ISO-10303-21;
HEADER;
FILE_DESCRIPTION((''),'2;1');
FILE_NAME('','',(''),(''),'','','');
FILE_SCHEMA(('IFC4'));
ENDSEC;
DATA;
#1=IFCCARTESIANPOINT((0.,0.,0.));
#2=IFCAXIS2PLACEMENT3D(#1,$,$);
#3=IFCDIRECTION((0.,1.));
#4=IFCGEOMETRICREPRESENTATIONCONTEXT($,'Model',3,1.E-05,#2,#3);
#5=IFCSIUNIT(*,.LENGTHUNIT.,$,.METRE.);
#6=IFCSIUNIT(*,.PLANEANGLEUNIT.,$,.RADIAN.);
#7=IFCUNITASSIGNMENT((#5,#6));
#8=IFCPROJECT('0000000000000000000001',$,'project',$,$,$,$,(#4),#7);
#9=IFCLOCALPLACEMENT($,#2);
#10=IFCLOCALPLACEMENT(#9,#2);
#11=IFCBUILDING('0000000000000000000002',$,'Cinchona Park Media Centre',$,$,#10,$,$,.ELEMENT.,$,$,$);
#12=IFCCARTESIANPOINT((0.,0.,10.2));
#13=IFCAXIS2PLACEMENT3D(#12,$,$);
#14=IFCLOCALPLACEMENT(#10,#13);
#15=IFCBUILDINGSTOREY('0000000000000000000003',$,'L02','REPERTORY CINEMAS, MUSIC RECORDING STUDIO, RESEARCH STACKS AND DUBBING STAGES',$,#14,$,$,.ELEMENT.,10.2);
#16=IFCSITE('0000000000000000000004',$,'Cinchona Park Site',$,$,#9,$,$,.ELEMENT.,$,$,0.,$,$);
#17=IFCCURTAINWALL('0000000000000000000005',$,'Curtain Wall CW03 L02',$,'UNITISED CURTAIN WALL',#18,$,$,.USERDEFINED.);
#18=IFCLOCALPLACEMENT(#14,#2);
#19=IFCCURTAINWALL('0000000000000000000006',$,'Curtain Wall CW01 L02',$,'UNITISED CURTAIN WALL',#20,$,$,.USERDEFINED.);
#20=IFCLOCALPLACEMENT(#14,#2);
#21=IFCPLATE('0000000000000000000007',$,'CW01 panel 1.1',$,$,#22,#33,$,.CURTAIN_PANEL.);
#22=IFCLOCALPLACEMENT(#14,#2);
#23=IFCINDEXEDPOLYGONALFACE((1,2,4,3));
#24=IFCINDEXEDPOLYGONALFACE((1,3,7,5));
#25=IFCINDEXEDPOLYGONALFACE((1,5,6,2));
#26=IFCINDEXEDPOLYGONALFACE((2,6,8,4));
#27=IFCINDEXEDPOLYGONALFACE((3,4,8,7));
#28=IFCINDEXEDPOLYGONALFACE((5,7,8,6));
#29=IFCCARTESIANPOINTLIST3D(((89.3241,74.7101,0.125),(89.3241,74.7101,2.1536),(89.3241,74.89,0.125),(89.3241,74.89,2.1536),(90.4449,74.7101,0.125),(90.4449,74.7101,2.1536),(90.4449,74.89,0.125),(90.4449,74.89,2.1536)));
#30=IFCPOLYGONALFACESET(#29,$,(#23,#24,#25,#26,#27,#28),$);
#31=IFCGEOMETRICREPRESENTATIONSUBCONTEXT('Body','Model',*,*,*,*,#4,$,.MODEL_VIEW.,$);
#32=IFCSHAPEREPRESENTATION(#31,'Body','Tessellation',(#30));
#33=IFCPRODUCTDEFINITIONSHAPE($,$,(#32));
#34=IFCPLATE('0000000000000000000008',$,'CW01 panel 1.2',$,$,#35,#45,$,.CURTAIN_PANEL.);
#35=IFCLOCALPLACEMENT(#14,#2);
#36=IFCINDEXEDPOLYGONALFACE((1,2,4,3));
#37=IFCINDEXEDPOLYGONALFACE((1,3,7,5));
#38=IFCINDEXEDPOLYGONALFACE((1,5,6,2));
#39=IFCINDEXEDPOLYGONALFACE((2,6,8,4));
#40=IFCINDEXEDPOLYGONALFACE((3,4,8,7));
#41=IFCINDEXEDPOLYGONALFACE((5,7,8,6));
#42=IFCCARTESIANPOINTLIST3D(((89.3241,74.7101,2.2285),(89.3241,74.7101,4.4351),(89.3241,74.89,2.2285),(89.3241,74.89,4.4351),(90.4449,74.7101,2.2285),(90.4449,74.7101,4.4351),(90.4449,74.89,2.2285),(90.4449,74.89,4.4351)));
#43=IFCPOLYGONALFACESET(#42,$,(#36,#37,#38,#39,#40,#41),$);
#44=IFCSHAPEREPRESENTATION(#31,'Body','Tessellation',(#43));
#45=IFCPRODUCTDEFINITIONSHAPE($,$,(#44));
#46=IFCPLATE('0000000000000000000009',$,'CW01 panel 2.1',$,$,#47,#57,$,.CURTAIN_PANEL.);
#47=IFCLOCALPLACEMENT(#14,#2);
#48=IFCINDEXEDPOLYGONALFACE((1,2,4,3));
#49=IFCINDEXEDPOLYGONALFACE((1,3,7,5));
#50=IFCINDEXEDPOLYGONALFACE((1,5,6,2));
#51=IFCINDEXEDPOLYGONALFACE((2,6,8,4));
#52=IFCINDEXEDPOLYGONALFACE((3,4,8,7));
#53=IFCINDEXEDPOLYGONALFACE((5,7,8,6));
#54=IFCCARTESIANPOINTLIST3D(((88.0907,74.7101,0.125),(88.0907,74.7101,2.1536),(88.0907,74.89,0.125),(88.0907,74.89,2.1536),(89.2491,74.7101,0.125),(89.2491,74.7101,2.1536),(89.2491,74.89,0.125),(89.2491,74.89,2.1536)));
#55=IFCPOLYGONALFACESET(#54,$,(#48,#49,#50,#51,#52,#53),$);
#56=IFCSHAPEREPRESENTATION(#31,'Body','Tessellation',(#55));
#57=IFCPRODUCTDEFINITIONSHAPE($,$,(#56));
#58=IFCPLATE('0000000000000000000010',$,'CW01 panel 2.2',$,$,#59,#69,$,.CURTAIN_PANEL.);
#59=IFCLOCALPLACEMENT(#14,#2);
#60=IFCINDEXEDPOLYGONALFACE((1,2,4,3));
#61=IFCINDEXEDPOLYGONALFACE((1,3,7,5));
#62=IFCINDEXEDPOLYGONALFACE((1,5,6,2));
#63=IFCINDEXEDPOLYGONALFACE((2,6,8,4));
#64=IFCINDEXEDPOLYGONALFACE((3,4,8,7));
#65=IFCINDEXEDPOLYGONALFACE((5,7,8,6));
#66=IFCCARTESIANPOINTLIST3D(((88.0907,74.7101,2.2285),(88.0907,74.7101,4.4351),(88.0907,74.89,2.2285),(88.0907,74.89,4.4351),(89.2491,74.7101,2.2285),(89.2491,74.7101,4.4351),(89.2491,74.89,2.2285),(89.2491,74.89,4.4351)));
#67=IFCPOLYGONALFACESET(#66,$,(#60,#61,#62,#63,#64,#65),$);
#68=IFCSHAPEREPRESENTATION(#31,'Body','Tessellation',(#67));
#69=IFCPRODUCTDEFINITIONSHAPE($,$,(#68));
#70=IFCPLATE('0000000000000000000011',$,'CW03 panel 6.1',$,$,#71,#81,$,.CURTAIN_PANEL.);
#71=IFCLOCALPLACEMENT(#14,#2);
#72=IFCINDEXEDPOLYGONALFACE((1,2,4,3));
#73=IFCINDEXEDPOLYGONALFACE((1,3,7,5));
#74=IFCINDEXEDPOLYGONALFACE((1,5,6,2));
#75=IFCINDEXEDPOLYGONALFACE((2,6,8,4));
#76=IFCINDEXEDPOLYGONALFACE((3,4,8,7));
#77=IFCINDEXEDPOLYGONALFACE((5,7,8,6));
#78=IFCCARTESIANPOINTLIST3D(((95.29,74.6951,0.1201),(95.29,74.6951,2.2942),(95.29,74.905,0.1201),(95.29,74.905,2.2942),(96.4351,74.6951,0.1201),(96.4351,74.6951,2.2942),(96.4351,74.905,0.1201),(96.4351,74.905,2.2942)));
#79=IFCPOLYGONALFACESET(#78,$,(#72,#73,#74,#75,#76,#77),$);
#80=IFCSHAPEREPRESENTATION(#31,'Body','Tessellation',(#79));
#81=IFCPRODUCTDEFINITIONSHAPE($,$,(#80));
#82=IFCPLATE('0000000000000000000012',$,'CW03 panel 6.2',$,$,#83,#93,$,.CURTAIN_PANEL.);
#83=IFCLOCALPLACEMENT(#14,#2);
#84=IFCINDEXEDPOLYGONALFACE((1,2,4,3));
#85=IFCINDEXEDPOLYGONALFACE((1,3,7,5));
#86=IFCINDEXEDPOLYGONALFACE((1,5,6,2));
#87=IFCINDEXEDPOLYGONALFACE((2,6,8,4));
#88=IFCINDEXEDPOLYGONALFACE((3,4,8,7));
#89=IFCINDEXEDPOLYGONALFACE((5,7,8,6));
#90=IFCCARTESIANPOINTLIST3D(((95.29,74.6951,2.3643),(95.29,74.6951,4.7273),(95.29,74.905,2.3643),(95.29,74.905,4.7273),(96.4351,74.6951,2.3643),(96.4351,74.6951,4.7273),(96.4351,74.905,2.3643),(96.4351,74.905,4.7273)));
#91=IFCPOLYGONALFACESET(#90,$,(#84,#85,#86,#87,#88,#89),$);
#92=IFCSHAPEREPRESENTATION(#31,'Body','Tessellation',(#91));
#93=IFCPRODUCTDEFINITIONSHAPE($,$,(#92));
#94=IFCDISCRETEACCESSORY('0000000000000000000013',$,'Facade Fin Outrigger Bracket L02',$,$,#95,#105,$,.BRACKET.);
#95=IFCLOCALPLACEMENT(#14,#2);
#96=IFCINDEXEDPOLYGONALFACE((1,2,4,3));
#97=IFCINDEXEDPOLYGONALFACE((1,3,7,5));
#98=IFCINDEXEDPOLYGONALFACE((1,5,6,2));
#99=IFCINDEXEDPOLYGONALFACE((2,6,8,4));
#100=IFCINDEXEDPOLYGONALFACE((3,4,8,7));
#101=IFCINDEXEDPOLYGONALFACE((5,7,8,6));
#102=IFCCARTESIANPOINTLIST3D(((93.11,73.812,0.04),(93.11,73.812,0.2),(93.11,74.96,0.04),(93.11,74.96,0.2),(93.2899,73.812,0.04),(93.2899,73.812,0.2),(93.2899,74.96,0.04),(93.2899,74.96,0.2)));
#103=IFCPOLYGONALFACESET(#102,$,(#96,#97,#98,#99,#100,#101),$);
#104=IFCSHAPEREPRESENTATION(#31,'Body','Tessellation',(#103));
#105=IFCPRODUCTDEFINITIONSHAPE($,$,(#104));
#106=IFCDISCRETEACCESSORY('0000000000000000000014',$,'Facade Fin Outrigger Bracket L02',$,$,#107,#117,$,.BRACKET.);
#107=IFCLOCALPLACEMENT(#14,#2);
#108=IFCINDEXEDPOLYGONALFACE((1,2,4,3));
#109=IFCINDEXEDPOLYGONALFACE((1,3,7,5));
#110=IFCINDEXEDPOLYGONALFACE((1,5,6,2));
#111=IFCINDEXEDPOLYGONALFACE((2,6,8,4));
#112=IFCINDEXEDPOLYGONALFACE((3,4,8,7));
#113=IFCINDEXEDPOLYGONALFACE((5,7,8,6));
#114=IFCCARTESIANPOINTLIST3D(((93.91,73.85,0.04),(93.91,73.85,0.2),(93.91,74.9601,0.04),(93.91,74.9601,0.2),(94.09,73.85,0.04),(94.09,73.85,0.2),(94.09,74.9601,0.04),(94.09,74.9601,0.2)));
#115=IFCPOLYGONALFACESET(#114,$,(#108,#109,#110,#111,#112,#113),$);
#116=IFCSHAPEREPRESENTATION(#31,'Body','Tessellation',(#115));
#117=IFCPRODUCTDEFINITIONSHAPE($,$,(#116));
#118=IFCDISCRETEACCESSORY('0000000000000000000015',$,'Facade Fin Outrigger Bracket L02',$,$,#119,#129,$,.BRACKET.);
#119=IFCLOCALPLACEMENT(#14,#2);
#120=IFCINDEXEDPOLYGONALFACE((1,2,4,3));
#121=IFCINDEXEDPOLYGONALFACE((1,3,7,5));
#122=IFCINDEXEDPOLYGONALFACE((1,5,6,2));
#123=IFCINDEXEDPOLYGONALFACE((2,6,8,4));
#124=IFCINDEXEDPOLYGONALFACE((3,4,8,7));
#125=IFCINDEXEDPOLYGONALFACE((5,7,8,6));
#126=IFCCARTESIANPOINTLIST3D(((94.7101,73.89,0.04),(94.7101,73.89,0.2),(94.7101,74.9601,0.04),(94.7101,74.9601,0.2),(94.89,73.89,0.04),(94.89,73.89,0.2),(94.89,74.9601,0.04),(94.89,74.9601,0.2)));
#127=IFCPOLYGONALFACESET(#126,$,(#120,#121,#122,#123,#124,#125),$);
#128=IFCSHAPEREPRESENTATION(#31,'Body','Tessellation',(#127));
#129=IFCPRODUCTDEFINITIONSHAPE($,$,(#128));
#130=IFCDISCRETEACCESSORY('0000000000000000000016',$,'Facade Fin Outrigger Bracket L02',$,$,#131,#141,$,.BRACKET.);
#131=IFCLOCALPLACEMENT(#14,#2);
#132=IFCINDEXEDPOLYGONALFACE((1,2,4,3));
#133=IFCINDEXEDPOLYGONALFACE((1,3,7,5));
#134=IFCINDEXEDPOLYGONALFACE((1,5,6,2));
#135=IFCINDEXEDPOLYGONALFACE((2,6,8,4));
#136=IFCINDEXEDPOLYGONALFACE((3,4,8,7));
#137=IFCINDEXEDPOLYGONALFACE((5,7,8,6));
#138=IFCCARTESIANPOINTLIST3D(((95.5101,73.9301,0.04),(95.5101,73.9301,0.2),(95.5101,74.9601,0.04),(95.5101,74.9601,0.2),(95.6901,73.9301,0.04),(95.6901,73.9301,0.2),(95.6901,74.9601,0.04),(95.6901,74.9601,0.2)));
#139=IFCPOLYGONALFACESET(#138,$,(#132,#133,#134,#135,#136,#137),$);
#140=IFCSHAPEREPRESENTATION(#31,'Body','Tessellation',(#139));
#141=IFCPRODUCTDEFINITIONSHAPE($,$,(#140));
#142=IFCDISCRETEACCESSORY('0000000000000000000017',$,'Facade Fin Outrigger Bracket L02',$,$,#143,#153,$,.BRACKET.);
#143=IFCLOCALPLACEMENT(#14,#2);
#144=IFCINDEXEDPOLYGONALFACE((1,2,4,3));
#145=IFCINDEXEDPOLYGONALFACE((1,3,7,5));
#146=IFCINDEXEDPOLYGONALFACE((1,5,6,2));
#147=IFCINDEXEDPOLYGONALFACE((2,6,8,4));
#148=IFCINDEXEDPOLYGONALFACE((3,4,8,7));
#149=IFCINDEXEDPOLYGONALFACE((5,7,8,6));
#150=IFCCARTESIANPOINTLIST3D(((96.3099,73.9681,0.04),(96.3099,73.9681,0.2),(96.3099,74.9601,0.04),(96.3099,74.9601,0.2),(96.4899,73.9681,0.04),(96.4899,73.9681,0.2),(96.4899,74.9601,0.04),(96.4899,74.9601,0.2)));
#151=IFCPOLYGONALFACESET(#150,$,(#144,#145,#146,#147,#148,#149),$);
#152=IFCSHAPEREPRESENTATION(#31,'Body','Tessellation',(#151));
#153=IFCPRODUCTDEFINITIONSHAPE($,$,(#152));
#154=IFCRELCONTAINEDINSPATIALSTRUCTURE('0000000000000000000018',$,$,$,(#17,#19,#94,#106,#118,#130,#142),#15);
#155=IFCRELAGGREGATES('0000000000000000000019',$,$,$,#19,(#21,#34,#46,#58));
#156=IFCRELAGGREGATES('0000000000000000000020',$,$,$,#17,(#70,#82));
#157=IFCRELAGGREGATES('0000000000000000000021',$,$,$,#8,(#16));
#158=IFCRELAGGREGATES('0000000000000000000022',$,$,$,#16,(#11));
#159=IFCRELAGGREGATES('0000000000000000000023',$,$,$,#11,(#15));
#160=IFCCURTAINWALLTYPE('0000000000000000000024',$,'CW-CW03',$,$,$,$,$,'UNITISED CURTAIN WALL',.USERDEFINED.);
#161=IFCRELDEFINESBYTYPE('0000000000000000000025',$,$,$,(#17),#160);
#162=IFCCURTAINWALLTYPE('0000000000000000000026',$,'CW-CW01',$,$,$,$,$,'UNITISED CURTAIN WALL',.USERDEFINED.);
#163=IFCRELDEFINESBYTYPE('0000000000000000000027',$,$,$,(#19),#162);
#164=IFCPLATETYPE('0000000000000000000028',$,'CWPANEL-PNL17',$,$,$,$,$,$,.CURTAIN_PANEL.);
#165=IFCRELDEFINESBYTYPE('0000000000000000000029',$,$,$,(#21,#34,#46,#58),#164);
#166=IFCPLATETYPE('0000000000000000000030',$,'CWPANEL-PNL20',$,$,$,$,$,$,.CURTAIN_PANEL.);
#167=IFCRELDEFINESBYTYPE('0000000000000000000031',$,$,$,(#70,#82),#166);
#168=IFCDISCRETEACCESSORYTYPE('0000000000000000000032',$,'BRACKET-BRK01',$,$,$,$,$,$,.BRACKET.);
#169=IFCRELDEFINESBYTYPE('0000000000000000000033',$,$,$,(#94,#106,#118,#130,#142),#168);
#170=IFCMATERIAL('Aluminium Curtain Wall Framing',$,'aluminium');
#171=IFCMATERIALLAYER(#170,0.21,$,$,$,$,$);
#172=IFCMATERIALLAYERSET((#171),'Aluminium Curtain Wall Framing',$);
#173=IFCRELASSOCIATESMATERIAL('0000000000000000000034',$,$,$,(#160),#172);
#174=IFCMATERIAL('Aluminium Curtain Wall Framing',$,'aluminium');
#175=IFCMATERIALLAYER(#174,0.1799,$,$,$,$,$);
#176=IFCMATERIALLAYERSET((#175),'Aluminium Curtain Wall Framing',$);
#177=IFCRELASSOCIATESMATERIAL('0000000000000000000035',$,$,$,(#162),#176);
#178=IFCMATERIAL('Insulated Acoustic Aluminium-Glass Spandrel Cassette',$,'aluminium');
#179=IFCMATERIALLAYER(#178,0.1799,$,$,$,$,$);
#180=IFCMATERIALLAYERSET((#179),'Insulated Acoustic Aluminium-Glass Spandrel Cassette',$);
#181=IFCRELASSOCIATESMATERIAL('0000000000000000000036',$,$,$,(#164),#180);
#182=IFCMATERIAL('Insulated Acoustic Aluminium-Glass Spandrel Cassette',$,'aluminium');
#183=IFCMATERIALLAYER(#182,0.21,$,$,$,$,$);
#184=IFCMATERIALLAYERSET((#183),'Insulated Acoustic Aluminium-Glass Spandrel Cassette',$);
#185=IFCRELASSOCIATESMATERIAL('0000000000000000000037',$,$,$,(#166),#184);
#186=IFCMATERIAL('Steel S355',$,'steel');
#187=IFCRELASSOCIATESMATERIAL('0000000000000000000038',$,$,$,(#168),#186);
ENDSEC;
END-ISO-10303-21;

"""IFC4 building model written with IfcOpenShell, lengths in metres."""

from ifc_helpers import new_model, si_unit, direction, frame, origin, origin_2d, place, context, subcontext, project, spatial, rectangle, extrude, material, layer, layer_set, type_object, element, aggregate, save


model = new_model("IFC4")

# Units and contexts
model_context = context("Model", 3, precision=1e-05, world=origin(), true_north=direction((0.0, 1.0)))
body_context = subcontext(model_context, "Body", "Model", "MODEL_VIEW")
ifc_project = project(units=[si_unit("LENGTHUNIT", "METRE"), si_unit("PLANEANGLEUNIT", "RADIAN")], contexts=[model_context])

# Site, building, storey
site_placement = place(None, origin())
site = spatial("IfcSite", under=ifc_project, at=site_placement, Name="Cinchona Park Site", CompositionType="ELEMENT", RefElevation=0.0)
building_placement = place(site_placement, origin())
building = spatial("IfcBuilding", under=site, at=building_placement, Name="Cinchona Park Media Centre", CompositionType="ELEMENT")
storey_placement = place(building_placement, frame((0.0, 0.0, 10.2)))
storey = spatial("IfcBuildingStorey", under=building, at=storey_placement, Name="L02", Description="REPERTORY CINEMAS, MUSIC RECORDING STUDIO, RESEARCH STACKS AND DUBBING STAGES", CompositionType="ELEMENT", Elevation=10.2)

# Curtain wall
ifc_material_1 = material(Name="Aluminium Curtain Wall Framing", Category="aluminium")
ifc_layer_1 = layer(ifc_material_1, 0.21)
ifc_layer_set_1 = layer_set([ifc_layer_1], Name="Aluminium Curtain Wall Framing")
curtain_wall_type_1 = type_object("IfcCurtainWallType", Name="CW-CW03", ElementType="UNITISED CURTAIN WALL", PredefinedType="USERDEFINED", material=ifc_layer_set_1)
curtain_wall_1_placement = place(storey_placement, origin())
curtain_wall_1 = element("IfcCurtainWall", 1, at=curtain_wall_1_placement, inside=storey, type_object=curtain_wall_type_1, Name="Curtain Wall CW03 L02", ObjectType="UNITISED CURTAIN WALL", PredefinedType="USERDEFINED")

# Curtain wall
ifc_material_2 = material(Name="Aluminium Curtain Wall Framing", Category="aluminium")
ifc_layer_2 = layer(ifc_material_2, 0.1799)
ifc_layer_set_2 = layer_set([ifc_layer_2], Name="Aluminium Curtain Wall Framing")
curtain_wall_type_2 = type_object("IfcCurtainWallType", Name="CW-CW01", ElementType="UNITISED CURTAIN WALL", PredefinedType="USERDEFINED", material=ifc_layer_set_2)
curtain_wall_2_placement = place(storey_placement, origin())
curtain_wall_2 = element("IfcCurtainWall", 2, at=curtain_wall_2_placement, inside=storey, type_object=curtain_wall_type_2, Name="Curtain Wall CW01 L02", ObjectType="UNITISED CURTAIN WALL", PredefinedType="USERDEFINED")

# Plates
ifc_material_3 = material(Name="Insulated Acoustic Aluminium-Glass Spandrel Cassette", Category="aluminium")
ifc_layer_3 = layer(ifc_material_3, 0.1799)
ifc_layer_set_3 = layer_set([ifc_layer_3], Name="Insulated Acoustic Aluminium-Glass Spandrel Cassette")
plate_type_1 = type_object("IfcPlateType", Name="CWPANEL-PNL17", PredefinedType="CURTAIN_PANEL", material=ifc_layer_set_3)
plate_1_placement = place(storey_placement, frame((89.8845, 74.8, 0.125), z_axis=(0.0, 0.0, 1.0), x_axis=(-1.0, 0.0, 0.0)))
plate_1 = element("IfcPlate", 3, at=plate_1_placement, type_object=plate_type_1, Name="CW01 panel 1.1", PredefinedType="CURTAIN_PANEL", context=body_context, shape_type="SweptSolid", body=[
    extrude(rectangle(XDim=1.1208, YDim=0.1799, at=origin_2d()), origin(), (0.0, 0.0, 1.0), 2.0286),
])
plate_2_placement = place(storey_placement, frame((89.8845, 74.8, 2.2285), z_axis=(0.0, 0.0, 1.0), x_axis=(-1.0, 0.0, 0.0)))
plate_2 = element("IfcPlate", 4, at=plate_2_placement, type_object=plate_type_1, Name="CW01 panel 1.2", PredefinedType="CURTAIN_PANEL", context=body_context, shape_type="SweptSolid", body=[
    extrude(rectangle(XDim=1.1208, YDim=0.1799, at=origin_2d()), origin(), (0.0, 0.0, 1.0), 2.2065),
])
plate_3_placement = place(storey_placement, frame((88.6699, 74.8, 0.125), z_axis=(0.0, 0.0, 1.0), x_axis=(-1.0, 0.0, 0.0)))
plate_3 = element("IfcPlate", 5, at=plate_3_placement, type_object=plate_type_1, Name="CW01 panel 2.1", PredefinedType="CURTAIN_PANEL", context=body_context, shape_type="SweptSolid", body=[
    extrude(rectangle(XDim=1.1584, YDim=0.1799, at=origin_2d()), origin(), (0.0, 0.0, 1.0), 2.0286),
])
plate_4_placement = place(storey_placement, frame((88.6699, 74.8, 2.2285), z_axis=(0.0, 0.0, 1.0), x_axis=(-1.0, 0.0, 0.0)))
plate_4 = element("IfcPlate", 6, at=plate_4_placement, type_object=plate_type_1, Name="CW01 panel 2.2", PredefinedType="CURTAIN_PANEL", context=body_context, shape_type="SweptSolid", body=[
    extrude(rectangle(XDim=1.1584, YDim=0.1799, at=origin_2d()), origin(), (0.0, 0.0, 1.0), 2.2065),
])
aggregate(curtain_wall_2, [plate_1, plate_2, plate_3, plate_4])
ifc_material_4 = material(Name="Insulated Acoustic Aluminium-Glass Spandrel Cassette", Category="aluminium")
ifc_layer_4 = layer(ifc_material_4, 0.21)
ifc_layer_set_4 = layer_set([ifc_layer_4], Name="Insulated Acoustic Aluminium-Glass Spandrel Cassette")
plate_type_2 = type_object("IfcPlateType", Name="CWPANEL-PNL20", PredefinedType="CURTAIN_PANEL", material=ifc_layer_set_4)
plate_5_placement = place(storey_placement, frame((95.8625, 74.8, 0.1201), z_axis=(0.0, 0.0, 1.0), x_axis=(-1.0, 0.0, 0.0)))
plate_5 = element("IfcPlate", 7, at=plate_5_placement, type_object=plate_type_2, Name="CW03 panel 6.1", PredefinedType="CURTAIN_PANEL", context=body_context, shape_type="SweptSolid", body=[
    extrude(rectangle(XDim=1.145, YDim=0.21, at=origin_2d()), origin(), (0.0, 0.0, 1.0), 2.1741),
])
plate_6_placement = place(storey_placement, frame((95.8625, 74.8, 2.3643), z_axis=(0.0, 0.0, 1.0), x_axis=(-1.0, 0.0, 0.0)))
plate_6 = element("IfcPlate", 8, at=plate_6_placement, type_object=plate_type_2, Name="CW03 panel 6.2", PredefinedType="CURTAIN_PANEL", context=body_context, shape_type="SweptSolid", body=[
    extrude(rectangle(XDim=1.145, YDim=0.21, at=origin_2d()), origin(), (0.0, 0.0, 1.0), 2.363),
])
aggregate(curtain_wall_1, [plate_5, plate_6])

# Discrete accessories
ifc_material_5 = material(Name="Steel S355", Category="steel")
discrete_accessory_type = type_object("IfcDiscreteAccessoryType", Name="BRACKET-BRK01", PredefinedType="BRACKET", material=ifc_material_5)
discrete_accessory_1_placement = place(storey_placement, frame((93.2, 74.386, 0.04), z_axis=(0.0, 0.0, 1.0), x_axis=(1.0, 0.0, 0.0)))
element("IfcDiscreteAccessory", 9, at=discrete_accessory_1_placement, inside=storey, type_object=discrete_accessory_type, Name="Facade Fin Outrigger Bracket L02", PredefinedType="BRACKET", context=body_context, shape_type="SweptSolid", body=[
    extrude(rectangle(XDim=0.1799, YDim=1.1479, at=origin_2d()), origin(), (0.0, 0.0, 1.0), 0.1599),
])
discrete_accessory_2_placement = place(storey_placement, frame((94.0, 74.405, 0.04), z_axis=(0.0, 0.0, 1.0), x_axis=(1.0, 0.0, 0.0)))
element("IfcDiscreteAccessory", 10, at=discrete_accessory_2_placement, inside=storey, type_object=discrete_accessory_type, Name="Facade Fin Outrigger Bracket L02", PredefinedType="BRACKET", context=body_context, shape_type="SweptSolid", body=[
    extrude(rectangle(XDim=0.1799, YDim=1.1101, at=origin_2d()), origin(), (0.0, 0.0, 1.0), 0.1599),
])
discrete_accessory_3_placement = place(storey_placement, frame((94.8, 74.425, 0.04), z_axis=(0.0, 0.0, 1.0), x_axis=(1.0, 0.0, 0.0)))
element("IfcDiscreteAccessory", 11, at=discrete_accessory_3_placement, inside=storey, type_object=discrete_accessory_type, Name="Facade Fin Outrigger Bracket L02", PredefinedType="BRACKET", context=body_context, shape_type="SweptSolid", body=[
    extrude(rectangle(XDim=0.1799, YDim=1.0701, at=origin_2d()), origin(), (0.0, 0.0, 1.0), 0.1599),
])
discrete_accessory_4_placement = place(storey_placement, frame((95.6001, 74.4451, 0.04), z_axis=(0.0, 0.0, 1.0), x_axis=(1.0, 0.0, 0.0)))
element("IfcDiscreteAccessory", 12, at=discrete_accessory_4_placement, inside=storey, type_object=discrete_accessory_type, Name="Facade Fin Outrigger Bracket L02", PredefinedType="BRACKET", context=body_context, shape_type="SweptSolid", body=[
    extrude(rectangle(XDim=0.1799, YDim=1.03, at=origin_2d()), origin(), (0.0, 0.0, 1.0), 0.1599),
])
discrete_accessory_5_placement = place(storey_placement, frame((96.3999, 74.4641, 0.04), z_axis=(0.0, 0.0, 1.0), x_axis=(1.0, 0.0, 0.0)))
element("IfcDiscreteAccessory", 13, at=discrete_accessory_5_placement, inside=storey, type_object=discrete_accessory_type, Name="Facade Fin Outrigger Bracket L02", PredefinedType="BRACKET", context=body_context, shape_type="SweptSolid", body=[
    extrude(rectangle(XDim=0.1799, YDim=0.9919, at=origin_2d()), origin(), (0.0, 0.0, 1.0), 0.1599),
])

save(model, "model.ifc")
